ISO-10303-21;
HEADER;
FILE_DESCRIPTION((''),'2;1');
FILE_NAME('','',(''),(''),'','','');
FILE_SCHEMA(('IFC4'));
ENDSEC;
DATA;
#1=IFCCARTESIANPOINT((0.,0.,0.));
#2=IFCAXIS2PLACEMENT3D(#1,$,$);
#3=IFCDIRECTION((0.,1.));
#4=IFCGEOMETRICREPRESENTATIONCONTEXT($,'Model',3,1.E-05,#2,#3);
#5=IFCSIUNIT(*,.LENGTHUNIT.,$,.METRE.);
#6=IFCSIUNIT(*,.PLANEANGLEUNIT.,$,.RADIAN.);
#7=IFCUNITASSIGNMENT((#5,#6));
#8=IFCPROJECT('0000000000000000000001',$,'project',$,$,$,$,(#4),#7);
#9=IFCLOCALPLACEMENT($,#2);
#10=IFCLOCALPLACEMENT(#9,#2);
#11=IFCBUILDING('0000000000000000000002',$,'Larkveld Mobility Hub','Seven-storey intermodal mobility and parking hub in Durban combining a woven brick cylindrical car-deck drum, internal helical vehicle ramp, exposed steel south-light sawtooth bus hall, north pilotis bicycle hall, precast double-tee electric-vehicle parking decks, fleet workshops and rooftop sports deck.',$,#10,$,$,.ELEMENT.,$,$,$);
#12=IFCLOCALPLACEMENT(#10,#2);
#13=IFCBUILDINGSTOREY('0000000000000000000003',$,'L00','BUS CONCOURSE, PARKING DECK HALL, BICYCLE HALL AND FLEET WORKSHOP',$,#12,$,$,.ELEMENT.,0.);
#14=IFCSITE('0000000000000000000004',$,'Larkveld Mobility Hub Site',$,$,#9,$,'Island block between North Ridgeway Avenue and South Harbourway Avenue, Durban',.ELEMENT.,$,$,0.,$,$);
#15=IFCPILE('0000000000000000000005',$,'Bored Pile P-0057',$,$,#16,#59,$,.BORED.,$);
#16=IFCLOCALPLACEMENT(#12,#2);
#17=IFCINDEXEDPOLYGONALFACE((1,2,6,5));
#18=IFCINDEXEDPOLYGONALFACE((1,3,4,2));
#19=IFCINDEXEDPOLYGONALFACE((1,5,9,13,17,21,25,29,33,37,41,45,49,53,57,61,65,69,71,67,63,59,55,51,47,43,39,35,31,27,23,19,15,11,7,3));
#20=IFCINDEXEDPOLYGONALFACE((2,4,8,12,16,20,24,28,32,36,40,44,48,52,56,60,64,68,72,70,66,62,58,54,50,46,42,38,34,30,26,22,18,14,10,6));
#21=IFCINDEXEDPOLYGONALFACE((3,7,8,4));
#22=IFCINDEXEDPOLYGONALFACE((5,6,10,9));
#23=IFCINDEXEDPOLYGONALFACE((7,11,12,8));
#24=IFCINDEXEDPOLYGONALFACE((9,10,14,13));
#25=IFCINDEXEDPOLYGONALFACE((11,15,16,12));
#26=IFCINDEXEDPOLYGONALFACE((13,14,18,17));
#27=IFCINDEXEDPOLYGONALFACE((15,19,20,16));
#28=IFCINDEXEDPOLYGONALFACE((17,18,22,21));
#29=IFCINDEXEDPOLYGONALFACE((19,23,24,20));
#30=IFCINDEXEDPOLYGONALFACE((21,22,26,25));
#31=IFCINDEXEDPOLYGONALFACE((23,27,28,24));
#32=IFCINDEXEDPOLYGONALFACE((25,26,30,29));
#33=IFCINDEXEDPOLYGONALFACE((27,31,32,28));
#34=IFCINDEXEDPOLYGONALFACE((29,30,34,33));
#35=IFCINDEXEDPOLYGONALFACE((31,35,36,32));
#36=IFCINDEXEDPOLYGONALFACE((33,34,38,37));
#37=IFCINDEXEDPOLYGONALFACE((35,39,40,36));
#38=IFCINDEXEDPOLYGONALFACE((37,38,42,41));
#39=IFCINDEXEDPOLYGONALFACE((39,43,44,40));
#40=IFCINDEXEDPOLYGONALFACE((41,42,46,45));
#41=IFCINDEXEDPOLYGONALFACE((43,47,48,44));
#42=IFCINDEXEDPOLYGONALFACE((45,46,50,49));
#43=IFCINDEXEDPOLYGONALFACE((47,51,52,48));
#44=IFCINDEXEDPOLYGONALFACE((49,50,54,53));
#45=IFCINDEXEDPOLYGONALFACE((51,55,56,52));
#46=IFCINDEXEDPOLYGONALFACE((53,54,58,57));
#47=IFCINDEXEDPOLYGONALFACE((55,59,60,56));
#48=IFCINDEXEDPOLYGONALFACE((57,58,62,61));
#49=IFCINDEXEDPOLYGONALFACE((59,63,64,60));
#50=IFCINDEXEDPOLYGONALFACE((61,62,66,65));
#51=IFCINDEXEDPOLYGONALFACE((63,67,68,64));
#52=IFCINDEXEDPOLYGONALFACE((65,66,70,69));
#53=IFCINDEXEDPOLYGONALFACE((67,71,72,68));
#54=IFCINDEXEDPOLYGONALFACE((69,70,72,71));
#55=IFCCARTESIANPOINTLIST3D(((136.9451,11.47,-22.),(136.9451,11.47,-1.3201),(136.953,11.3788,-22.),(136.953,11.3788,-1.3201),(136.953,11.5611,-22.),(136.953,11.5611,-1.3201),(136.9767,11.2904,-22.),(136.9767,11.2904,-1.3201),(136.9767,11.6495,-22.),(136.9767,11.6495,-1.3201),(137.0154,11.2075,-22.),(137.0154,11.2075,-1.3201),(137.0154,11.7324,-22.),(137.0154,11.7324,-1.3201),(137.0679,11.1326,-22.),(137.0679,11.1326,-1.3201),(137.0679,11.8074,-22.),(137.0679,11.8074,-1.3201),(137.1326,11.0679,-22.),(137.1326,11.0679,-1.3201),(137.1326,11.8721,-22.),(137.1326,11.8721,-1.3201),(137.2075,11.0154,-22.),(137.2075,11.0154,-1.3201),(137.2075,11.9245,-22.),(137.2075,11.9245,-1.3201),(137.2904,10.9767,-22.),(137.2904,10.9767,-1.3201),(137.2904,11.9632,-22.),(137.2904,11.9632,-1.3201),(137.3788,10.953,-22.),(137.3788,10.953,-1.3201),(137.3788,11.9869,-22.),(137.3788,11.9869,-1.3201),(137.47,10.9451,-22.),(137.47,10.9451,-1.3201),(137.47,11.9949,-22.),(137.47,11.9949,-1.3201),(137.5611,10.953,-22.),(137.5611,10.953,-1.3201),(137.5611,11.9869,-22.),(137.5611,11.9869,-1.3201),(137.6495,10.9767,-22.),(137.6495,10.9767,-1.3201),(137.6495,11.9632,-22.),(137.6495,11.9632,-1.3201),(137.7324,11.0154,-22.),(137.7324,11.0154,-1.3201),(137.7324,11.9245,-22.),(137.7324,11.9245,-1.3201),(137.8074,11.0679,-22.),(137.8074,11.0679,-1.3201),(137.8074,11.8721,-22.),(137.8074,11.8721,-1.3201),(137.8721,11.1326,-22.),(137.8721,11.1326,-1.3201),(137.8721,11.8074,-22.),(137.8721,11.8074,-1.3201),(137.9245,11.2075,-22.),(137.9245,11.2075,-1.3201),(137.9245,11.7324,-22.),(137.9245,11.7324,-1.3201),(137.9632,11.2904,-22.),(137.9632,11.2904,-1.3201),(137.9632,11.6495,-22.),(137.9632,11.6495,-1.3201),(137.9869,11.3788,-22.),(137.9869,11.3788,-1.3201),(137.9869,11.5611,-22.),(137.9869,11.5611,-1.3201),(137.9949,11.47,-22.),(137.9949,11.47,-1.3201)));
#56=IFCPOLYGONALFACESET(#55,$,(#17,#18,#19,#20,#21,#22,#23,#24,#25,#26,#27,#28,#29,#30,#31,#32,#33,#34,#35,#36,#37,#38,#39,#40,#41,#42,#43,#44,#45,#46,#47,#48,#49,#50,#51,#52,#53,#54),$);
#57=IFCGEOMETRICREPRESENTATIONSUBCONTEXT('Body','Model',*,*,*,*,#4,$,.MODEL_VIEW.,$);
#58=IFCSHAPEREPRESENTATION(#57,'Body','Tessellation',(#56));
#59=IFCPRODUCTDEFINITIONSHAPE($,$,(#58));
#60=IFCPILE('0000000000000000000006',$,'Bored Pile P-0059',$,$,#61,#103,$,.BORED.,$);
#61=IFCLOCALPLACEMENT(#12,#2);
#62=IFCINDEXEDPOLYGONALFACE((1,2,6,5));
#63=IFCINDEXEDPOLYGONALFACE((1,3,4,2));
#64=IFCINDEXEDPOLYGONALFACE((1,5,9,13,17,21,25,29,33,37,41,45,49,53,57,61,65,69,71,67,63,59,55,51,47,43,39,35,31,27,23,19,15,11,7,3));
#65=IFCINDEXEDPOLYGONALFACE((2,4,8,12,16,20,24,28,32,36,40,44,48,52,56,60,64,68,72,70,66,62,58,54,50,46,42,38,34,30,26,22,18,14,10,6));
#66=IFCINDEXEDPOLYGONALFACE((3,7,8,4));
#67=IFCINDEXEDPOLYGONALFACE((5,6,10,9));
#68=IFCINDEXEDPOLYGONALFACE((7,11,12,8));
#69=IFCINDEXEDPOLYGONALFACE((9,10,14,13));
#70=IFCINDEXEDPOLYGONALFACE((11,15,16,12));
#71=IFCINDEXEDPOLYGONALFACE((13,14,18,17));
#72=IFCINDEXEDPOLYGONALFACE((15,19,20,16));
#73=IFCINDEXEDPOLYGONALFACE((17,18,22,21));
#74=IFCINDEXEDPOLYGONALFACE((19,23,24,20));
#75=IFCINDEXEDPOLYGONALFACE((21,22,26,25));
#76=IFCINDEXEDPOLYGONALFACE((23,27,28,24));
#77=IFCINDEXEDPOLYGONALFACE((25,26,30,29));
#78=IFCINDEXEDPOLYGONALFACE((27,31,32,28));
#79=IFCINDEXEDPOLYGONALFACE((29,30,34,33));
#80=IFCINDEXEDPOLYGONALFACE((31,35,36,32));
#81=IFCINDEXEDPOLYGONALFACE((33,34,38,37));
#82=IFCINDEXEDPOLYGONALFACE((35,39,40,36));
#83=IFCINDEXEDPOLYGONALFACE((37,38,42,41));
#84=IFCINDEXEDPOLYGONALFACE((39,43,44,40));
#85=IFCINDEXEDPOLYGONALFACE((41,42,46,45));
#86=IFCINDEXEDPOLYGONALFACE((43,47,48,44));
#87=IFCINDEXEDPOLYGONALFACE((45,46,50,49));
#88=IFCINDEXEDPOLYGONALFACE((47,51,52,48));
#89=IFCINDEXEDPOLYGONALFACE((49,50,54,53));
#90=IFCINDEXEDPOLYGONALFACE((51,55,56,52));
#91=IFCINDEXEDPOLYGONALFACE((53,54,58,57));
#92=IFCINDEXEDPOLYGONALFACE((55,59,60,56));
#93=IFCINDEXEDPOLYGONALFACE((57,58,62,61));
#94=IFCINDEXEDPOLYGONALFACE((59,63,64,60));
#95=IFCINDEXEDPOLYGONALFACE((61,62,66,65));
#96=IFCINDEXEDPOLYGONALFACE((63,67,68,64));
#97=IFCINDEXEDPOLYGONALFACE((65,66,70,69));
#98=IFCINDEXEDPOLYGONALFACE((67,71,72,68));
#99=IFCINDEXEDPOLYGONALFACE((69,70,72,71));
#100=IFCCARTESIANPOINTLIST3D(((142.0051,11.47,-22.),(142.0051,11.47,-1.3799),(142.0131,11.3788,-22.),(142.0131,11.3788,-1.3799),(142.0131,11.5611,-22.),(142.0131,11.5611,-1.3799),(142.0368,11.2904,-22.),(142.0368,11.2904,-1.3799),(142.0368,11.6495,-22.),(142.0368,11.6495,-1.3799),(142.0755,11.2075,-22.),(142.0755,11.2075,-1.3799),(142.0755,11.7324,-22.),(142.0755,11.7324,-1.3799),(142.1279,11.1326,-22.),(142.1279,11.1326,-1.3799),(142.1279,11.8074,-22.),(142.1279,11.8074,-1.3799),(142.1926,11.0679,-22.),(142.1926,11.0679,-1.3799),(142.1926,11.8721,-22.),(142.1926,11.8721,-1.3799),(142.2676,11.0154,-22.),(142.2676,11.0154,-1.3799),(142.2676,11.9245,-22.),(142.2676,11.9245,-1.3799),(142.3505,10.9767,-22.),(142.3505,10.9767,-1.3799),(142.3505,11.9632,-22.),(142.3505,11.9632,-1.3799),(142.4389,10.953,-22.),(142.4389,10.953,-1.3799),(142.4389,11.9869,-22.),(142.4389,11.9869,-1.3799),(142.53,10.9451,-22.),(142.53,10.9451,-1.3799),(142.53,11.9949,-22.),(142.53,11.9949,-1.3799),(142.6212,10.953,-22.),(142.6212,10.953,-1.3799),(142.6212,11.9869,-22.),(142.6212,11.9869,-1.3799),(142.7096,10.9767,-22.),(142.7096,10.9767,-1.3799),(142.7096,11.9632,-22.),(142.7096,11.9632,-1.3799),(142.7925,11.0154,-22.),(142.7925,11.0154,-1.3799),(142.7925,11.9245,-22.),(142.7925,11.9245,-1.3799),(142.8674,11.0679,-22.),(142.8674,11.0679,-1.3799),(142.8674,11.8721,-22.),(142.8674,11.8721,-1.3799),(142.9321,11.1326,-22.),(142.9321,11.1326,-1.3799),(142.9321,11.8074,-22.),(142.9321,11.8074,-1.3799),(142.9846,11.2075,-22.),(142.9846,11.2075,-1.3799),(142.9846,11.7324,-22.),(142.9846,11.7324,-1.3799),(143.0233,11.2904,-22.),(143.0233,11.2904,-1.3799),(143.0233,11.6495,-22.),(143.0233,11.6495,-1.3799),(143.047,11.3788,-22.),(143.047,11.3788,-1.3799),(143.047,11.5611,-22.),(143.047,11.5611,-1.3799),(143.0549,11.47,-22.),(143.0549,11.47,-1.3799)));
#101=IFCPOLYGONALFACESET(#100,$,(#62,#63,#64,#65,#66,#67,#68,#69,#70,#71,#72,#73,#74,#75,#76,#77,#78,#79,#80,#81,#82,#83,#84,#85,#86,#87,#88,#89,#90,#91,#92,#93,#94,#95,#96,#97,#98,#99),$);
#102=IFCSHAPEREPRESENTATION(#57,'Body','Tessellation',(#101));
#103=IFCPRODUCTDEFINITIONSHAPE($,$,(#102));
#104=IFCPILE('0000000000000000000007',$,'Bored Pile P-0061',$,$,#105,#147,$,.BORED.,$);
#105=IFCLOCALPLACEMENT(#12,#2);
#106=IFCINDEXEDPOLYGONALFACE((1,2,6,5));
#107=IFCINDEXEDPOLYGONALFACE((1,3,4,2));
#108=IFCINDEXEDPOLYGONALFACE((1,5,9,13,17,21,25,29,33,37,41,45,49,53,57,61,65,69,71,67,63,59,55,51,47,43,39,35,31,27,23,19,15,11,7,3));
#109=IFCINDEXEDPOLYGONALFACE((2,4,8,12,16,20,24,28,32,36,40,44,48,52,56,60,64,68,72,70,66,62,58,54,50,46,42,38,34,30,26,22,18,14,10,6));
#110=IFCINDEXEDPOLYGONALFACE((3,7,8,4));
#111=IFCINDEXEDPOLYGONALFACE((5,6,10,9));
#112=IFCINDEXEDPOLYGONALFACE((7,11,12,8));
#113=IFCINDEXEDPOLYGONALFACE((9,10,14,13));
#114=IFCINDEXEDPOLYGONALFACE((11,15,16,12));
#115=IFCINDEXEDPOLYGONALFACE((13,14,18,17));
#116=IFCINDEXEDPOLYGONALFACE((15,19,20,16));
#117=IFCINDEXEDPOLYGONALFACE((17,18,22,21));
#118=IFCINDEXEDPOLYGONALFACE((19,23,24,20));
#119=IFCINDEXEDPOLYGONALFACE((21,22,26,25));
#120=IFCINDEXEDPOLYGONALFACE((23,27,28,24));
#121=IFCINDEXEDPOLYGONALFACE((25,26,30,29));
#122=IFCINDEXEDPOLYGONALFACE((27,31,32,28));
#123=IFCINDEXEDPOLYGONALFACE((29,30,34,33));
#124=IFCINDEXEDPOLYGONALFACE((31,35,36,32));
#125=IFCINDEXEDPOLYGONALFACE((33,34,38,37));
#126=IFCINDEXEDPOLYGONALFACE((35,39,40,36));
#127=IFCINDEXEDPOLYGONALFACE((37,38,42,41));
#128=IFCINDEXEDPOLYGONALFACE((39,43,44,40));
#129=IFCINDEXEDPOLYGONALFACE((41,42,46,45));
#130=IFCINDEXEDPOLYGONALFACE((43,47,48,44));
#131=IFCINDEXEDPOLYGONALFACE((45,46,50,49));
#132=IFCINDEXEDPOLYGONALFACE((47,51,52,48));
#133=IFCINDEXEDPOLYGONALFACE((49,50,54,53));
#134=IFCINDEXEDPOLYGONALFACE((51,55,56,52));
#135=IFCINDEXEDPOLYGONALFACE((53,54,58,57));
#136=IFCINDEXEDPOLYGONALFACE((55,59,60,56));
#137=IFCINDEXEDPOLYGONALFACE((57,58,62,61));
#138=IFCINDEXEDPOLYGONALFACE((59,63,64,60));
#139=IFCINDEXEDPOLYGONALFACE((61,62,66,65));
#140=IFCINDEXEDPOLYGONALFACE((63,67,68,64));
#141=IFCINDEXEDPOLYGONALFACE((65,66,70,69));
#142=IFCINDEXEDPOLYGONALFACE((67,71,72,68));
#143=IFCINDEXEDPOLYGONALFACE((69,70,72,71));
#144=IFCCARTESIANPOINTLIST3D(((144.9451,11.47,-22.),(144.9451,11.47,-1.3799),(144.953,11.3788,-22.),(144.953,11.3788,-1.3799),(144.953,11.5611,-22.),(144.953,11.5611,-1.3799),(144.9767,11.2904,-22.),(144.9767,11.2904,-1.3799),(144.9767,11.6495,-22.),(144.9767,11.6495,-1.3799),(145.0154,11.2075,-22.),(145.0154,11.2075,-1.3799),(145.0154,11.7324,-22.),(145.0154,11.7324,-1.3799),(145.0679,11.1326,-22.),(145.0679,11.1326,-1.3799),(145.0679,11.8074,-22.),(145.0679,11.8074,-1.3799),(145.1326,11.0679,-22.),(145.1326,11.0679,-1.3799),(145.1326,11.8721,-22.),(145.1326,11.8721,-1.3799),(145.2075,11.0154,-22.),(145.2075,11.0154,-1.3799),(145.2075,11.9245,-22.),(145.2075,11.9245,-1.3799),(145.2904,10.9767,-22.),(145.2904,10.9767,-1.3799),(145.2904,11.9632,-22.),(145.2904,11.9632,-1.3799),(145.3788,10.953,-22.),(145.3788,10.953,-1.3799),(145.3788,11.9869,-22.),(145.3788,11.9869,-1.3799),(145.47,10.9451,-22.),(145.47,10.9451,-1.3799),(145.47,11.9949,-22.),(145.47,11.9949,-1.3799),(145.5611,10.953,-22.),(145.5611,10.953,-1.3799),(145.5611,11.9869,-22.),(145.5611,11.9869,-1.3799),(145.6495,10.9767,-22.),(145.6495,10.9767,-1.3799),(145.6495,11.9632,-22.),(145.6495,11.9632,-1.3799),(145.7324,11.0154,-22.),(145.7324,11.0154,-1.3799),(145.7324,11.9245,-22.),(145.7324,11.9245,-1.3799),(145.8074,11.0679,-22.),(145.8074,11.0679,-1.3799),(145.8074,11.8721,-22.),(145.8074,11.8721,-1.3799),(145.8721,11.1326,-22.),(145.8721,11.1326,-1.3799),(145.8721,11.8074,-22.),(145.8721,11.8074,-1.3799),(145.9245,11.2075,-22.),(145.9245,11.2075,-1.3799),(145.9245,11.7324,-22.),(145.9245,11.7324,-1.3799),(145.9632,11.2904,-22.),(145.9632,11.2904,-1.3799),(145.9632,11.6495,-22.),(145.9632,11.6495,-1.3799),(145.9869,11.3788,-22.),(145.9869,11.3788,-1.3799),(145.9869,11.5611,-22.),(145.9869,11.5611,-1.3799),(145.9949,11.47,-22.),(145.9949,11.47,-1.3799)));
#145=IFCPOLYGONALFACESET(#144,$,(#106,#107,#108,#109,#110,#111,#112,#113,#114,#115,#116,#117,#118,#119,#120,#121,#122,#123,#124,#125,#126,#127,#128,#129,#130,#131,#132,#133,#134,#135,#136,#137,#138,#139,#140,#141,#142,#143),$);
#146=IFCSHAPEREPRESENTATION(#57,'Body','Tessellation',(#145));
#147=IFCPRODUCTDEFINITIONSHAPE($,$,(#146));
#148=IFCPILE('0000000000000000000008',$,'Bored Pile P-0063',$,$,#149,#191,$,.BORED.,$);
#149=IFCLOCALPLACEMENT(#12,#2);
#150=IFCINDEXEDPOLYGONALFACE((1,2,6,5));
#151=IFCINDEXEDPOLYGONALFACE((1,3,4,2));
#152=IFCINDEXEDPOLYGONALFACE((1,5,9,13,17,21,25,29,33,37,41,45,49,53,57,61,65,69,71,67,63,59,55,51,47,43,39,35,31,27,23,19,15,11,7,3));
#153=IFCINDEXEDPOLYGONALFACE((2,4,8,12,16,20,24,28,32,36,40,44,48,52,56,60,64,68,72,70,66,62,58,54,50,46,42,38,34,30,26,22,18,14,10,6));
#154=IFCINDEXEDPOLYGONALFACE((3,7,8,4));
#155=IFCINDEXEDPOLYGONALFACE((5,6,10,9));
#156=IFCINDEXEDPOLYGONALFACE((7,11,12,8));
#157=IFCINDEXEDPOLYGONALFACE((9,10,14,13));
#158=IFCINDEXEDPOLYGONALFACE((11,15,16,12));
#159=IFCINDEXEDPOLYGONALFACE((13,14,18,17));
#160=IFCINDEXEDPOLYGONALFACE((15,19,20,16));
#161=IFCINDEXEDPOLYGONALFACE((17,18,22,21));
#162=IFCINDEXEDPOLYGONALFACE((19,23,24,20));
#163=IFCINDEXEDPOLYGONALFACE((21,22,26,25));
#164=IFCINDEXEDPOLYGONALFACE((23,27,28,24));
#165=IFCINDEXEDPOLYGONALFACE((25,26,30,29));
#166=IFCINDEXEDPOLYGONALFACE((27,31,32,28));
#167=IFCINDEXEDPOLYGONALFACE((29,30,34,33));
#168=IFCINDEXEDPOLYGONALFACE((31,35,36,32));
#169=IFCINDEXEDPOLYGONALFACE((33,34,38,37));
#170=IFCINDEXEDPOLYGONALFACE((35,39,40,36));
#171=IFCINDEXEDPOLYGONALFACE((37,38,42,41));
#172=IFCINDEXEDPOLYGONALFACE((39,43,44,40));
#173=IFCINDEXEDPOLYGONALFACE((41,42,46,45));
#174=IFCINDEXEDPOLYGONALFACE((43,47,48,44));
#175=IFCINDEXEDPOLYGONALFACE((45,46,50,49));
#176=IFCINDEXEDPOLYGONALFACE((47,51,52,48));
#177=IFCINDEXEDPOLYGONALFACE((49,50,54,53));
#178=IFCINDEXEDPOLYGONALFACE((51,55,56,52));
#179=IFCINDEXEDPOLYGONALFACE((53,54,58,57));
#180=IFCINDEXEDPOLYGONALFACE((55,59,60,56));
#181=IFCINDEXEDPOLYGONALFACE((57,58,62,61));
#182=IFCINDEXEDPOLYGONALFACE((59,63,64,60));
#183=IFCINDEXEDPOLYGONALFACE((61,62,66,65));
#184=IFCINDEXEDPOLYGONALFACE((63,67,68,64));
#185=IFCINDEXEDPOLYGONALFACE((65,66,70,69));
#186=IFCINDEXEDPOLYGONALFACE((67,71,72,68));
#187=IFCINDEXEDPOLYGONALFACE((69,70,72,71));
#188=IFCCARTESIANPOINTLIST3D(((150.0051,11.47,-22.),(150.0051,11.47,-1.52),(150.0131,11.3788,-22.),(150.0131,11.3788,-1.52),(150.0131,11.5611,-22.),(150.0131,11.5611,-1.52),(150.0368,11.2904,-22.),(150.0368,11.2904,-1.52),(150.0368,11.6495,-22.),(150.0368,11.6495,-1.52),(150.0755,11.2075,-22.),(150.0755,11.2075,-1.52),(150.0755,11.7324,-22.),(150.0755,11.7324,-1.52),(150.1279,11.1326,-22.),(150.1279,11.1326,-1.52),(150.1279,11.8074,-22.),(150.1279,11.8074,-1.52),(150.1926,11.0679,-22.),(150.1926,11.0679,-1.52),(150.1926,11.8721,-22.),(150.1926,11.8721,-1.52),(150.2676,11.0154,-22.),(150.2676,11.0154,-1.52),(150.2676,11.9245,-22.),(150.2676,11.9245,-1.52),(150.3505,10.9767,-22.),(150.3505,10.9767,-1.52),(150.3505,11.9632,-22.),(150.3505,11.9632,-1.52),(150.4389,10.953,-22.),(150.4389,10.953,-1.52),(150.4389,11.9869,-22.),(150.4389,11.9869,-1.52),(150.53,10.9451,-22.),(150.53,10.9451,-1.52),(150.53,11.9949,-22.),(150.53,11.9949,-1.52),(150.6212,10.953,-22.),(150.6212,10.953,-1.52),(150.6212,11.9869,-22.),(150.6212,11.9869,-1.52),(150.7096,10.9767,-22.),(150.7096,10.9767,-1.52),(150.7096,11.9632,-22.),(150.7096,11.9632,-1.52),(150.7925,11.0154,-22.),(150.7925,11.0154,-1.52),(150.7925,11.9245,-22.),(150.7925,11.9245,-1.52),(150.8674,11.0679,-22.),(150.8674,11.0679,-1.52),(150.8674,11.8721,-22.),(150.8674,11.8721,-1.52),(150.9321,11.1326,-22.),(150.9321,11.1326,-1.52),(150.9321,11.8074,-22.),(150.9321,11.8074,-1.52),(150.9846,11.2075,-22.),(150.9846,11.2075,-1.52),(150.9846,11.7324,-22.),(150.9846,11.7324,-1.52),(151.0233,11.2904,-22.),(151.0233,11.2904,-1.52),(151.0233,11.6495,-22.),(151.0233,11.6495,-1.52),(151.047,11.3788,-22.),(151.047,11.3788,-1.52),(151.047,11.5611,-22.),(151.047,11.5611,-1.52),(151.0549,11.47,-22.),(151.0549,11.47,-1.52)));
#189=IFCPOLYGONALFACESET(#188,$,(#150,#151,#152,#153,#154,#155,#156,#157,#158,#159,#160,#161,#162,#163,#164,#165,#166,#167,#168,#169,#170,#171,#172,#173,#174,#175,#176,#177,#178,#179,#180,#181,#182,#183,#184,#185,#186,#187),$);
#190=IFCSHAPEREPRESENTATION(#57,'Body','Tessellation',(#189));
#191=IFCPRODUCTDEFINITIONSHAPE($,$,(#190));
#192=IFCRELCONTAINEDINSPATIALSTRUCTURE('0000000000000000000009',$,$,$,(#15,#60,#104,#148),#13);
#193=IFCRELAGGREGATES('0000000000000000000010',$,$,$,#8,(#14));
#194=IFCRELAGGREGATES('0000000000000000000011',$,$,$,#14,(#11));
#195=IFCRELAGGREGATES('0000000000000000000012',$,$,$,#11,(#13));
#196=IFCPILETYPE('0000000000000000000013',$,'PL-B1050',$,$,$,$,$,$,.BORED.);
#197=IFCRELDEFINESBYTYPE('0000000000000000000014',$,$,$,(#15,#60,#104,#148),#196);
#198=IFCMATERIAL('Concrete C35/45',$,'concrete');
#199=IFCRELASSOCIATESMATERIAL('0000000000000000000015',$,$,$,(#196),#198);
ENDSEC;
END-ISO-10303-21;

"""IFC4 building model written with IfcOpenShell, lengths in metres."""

from ifc_helpers import new_model, si_unit, direction, frame, origin, origin_2d, place, context, subcontext, project, spatial, circle, extrude, material, material_profile, profile_set, type_object, element, save


model = new_model("IFC4")

# Units and contexts
model_context = context("Model", 3, precision=1e-05, world=origin(), true_north=direction((0.0, 1.0)))
body_context = subcontext(model_context, "Body", "Model", "MODEL_VIEW")
ifc_project = project(units=[si_unit("LENGTHUNIT", "METRE"), si_unit("PLANEANGLEUNIT", "RADIAN")], contexts=[model_context])

# Site, building, storey
site_placement = place(None, origin())
site = spatial("IfcSite", under=ifc_project, at=site_placement, Name="Larkveld Mobility Hub Site", LongName="Island block between North Ridgeway Avenue and South Harbourway Avenue, Durban", CompositionType="ELEMENT", RefElevation=0.0)
building_placement = place(site_placement, origin())
building = spatial("IfcBuilding", under=site, at=building_placement, Name="Larkveld Mobility Hub", Description="Seven-storey intermodal mobility and parking hub in Durban combining a woven brick cylindrical car-deck drum, internal helical vehicle ramp, exposed steel south-light sawtooth bus hall, north pilotis bicycle hall, precast double-tee electric-vehicle parking decks, fleet workshops and rooftop sports deck.", CompositionType="ELEMENT")
storey_placement = place(building_placement, origin())
storey = spatial("IfcBuildingStorey", under=building, at=storey_placement, Name="L00", Description="BUS CONCOURSE, PARKING DECK HALL, BICYCLE HALL AND FLEET WORKSHOP", CompositionType="ELEMENT", Elevation=0.0)

# Shared definitions
ifc_material_1 = material(Name="Concrete C35/45", Category="concrete")

# Piles
ifc_material_profile_1 = material_profile(ifc_material_1, circle(Radius=0.5249, at=origin_2d()), Name="PILE D1050")
ifc_profile_set_1 = profile_set([ifc_material_profile_1], Name="Concrete C35/45")
pile_type = type_object("IfcPileType", Name="PL-B1050", PredefinedType="BORED", material=ifc_profile_set_1)
for number, where, z_axis, x_axis, name in (
    (1, (137.47, 11.47, -1.3201), (0.0, 0.0, -1.0), (1.0, 0.0, 0.0), "Bored Pile P-0057"),
):
    element("IfcPile", number, at=place(storey_placement, frame(where, z_axis=z_axis, x_axis=x_axis)), inside=storey, type_object=pile_type, Name=name, PredefinedType="BORED", context=body_context, shape_type="SweptSolid", body=[
        extrude(circle(Radius=0.5249, at=origin_2d()), origin(), (0.0, 0.0, 1.0), 20.6799),
    ])
for number, where, z_axis, x_axis, name in (
    (2, (142.53, 11.47, -1.3799), (0.0, 0.0, -1.0), (1.0, 0.0, 0.0), "Bored Pile P-0059"),
    (3, (145.47, 11.47, -1.3799), (0.0, 0.0, -1.0), (1.0, 0.0, 0.0), "Bored Pile P-0061"),
):
    element("IfcPile", number, at=place(storey_placement, frame(where, z_axis=z_axis, x_axis=x_axis)), inside=storey, type_object=pile_type, Name=name, PredefinedType="BORED", context=body_context, shape_type="SweptSolid", body=[
        extrude(circle(Radius=0.5249, at=origin_2d()), origin(), (0.0, 0.0, 1.0), 20.6201),
    ])
for number, where, z_axis, x_axis, name in (
    (4, (150.53, 11.47, -1.52), (0.0, 0.0, -1.0), (1.0, 0.0, 0.0), "Bored Pile P-0063"),
):
    element("IfcPile", number, at=place(storey_placement, frame(where, z_axis=z_axis, x_axis=x_axis)), inside=storey, type_object=pile_type, Name=name, PredefinedType="BORED", context=body_context, shape_type="SweptSolid", body=[
        extrude(circle(Radius=0.5249, at=origin_2d()), origin(), (0.0, 0.0, 1.0), 20.48),
    ])

save(model, "model.ifc")
